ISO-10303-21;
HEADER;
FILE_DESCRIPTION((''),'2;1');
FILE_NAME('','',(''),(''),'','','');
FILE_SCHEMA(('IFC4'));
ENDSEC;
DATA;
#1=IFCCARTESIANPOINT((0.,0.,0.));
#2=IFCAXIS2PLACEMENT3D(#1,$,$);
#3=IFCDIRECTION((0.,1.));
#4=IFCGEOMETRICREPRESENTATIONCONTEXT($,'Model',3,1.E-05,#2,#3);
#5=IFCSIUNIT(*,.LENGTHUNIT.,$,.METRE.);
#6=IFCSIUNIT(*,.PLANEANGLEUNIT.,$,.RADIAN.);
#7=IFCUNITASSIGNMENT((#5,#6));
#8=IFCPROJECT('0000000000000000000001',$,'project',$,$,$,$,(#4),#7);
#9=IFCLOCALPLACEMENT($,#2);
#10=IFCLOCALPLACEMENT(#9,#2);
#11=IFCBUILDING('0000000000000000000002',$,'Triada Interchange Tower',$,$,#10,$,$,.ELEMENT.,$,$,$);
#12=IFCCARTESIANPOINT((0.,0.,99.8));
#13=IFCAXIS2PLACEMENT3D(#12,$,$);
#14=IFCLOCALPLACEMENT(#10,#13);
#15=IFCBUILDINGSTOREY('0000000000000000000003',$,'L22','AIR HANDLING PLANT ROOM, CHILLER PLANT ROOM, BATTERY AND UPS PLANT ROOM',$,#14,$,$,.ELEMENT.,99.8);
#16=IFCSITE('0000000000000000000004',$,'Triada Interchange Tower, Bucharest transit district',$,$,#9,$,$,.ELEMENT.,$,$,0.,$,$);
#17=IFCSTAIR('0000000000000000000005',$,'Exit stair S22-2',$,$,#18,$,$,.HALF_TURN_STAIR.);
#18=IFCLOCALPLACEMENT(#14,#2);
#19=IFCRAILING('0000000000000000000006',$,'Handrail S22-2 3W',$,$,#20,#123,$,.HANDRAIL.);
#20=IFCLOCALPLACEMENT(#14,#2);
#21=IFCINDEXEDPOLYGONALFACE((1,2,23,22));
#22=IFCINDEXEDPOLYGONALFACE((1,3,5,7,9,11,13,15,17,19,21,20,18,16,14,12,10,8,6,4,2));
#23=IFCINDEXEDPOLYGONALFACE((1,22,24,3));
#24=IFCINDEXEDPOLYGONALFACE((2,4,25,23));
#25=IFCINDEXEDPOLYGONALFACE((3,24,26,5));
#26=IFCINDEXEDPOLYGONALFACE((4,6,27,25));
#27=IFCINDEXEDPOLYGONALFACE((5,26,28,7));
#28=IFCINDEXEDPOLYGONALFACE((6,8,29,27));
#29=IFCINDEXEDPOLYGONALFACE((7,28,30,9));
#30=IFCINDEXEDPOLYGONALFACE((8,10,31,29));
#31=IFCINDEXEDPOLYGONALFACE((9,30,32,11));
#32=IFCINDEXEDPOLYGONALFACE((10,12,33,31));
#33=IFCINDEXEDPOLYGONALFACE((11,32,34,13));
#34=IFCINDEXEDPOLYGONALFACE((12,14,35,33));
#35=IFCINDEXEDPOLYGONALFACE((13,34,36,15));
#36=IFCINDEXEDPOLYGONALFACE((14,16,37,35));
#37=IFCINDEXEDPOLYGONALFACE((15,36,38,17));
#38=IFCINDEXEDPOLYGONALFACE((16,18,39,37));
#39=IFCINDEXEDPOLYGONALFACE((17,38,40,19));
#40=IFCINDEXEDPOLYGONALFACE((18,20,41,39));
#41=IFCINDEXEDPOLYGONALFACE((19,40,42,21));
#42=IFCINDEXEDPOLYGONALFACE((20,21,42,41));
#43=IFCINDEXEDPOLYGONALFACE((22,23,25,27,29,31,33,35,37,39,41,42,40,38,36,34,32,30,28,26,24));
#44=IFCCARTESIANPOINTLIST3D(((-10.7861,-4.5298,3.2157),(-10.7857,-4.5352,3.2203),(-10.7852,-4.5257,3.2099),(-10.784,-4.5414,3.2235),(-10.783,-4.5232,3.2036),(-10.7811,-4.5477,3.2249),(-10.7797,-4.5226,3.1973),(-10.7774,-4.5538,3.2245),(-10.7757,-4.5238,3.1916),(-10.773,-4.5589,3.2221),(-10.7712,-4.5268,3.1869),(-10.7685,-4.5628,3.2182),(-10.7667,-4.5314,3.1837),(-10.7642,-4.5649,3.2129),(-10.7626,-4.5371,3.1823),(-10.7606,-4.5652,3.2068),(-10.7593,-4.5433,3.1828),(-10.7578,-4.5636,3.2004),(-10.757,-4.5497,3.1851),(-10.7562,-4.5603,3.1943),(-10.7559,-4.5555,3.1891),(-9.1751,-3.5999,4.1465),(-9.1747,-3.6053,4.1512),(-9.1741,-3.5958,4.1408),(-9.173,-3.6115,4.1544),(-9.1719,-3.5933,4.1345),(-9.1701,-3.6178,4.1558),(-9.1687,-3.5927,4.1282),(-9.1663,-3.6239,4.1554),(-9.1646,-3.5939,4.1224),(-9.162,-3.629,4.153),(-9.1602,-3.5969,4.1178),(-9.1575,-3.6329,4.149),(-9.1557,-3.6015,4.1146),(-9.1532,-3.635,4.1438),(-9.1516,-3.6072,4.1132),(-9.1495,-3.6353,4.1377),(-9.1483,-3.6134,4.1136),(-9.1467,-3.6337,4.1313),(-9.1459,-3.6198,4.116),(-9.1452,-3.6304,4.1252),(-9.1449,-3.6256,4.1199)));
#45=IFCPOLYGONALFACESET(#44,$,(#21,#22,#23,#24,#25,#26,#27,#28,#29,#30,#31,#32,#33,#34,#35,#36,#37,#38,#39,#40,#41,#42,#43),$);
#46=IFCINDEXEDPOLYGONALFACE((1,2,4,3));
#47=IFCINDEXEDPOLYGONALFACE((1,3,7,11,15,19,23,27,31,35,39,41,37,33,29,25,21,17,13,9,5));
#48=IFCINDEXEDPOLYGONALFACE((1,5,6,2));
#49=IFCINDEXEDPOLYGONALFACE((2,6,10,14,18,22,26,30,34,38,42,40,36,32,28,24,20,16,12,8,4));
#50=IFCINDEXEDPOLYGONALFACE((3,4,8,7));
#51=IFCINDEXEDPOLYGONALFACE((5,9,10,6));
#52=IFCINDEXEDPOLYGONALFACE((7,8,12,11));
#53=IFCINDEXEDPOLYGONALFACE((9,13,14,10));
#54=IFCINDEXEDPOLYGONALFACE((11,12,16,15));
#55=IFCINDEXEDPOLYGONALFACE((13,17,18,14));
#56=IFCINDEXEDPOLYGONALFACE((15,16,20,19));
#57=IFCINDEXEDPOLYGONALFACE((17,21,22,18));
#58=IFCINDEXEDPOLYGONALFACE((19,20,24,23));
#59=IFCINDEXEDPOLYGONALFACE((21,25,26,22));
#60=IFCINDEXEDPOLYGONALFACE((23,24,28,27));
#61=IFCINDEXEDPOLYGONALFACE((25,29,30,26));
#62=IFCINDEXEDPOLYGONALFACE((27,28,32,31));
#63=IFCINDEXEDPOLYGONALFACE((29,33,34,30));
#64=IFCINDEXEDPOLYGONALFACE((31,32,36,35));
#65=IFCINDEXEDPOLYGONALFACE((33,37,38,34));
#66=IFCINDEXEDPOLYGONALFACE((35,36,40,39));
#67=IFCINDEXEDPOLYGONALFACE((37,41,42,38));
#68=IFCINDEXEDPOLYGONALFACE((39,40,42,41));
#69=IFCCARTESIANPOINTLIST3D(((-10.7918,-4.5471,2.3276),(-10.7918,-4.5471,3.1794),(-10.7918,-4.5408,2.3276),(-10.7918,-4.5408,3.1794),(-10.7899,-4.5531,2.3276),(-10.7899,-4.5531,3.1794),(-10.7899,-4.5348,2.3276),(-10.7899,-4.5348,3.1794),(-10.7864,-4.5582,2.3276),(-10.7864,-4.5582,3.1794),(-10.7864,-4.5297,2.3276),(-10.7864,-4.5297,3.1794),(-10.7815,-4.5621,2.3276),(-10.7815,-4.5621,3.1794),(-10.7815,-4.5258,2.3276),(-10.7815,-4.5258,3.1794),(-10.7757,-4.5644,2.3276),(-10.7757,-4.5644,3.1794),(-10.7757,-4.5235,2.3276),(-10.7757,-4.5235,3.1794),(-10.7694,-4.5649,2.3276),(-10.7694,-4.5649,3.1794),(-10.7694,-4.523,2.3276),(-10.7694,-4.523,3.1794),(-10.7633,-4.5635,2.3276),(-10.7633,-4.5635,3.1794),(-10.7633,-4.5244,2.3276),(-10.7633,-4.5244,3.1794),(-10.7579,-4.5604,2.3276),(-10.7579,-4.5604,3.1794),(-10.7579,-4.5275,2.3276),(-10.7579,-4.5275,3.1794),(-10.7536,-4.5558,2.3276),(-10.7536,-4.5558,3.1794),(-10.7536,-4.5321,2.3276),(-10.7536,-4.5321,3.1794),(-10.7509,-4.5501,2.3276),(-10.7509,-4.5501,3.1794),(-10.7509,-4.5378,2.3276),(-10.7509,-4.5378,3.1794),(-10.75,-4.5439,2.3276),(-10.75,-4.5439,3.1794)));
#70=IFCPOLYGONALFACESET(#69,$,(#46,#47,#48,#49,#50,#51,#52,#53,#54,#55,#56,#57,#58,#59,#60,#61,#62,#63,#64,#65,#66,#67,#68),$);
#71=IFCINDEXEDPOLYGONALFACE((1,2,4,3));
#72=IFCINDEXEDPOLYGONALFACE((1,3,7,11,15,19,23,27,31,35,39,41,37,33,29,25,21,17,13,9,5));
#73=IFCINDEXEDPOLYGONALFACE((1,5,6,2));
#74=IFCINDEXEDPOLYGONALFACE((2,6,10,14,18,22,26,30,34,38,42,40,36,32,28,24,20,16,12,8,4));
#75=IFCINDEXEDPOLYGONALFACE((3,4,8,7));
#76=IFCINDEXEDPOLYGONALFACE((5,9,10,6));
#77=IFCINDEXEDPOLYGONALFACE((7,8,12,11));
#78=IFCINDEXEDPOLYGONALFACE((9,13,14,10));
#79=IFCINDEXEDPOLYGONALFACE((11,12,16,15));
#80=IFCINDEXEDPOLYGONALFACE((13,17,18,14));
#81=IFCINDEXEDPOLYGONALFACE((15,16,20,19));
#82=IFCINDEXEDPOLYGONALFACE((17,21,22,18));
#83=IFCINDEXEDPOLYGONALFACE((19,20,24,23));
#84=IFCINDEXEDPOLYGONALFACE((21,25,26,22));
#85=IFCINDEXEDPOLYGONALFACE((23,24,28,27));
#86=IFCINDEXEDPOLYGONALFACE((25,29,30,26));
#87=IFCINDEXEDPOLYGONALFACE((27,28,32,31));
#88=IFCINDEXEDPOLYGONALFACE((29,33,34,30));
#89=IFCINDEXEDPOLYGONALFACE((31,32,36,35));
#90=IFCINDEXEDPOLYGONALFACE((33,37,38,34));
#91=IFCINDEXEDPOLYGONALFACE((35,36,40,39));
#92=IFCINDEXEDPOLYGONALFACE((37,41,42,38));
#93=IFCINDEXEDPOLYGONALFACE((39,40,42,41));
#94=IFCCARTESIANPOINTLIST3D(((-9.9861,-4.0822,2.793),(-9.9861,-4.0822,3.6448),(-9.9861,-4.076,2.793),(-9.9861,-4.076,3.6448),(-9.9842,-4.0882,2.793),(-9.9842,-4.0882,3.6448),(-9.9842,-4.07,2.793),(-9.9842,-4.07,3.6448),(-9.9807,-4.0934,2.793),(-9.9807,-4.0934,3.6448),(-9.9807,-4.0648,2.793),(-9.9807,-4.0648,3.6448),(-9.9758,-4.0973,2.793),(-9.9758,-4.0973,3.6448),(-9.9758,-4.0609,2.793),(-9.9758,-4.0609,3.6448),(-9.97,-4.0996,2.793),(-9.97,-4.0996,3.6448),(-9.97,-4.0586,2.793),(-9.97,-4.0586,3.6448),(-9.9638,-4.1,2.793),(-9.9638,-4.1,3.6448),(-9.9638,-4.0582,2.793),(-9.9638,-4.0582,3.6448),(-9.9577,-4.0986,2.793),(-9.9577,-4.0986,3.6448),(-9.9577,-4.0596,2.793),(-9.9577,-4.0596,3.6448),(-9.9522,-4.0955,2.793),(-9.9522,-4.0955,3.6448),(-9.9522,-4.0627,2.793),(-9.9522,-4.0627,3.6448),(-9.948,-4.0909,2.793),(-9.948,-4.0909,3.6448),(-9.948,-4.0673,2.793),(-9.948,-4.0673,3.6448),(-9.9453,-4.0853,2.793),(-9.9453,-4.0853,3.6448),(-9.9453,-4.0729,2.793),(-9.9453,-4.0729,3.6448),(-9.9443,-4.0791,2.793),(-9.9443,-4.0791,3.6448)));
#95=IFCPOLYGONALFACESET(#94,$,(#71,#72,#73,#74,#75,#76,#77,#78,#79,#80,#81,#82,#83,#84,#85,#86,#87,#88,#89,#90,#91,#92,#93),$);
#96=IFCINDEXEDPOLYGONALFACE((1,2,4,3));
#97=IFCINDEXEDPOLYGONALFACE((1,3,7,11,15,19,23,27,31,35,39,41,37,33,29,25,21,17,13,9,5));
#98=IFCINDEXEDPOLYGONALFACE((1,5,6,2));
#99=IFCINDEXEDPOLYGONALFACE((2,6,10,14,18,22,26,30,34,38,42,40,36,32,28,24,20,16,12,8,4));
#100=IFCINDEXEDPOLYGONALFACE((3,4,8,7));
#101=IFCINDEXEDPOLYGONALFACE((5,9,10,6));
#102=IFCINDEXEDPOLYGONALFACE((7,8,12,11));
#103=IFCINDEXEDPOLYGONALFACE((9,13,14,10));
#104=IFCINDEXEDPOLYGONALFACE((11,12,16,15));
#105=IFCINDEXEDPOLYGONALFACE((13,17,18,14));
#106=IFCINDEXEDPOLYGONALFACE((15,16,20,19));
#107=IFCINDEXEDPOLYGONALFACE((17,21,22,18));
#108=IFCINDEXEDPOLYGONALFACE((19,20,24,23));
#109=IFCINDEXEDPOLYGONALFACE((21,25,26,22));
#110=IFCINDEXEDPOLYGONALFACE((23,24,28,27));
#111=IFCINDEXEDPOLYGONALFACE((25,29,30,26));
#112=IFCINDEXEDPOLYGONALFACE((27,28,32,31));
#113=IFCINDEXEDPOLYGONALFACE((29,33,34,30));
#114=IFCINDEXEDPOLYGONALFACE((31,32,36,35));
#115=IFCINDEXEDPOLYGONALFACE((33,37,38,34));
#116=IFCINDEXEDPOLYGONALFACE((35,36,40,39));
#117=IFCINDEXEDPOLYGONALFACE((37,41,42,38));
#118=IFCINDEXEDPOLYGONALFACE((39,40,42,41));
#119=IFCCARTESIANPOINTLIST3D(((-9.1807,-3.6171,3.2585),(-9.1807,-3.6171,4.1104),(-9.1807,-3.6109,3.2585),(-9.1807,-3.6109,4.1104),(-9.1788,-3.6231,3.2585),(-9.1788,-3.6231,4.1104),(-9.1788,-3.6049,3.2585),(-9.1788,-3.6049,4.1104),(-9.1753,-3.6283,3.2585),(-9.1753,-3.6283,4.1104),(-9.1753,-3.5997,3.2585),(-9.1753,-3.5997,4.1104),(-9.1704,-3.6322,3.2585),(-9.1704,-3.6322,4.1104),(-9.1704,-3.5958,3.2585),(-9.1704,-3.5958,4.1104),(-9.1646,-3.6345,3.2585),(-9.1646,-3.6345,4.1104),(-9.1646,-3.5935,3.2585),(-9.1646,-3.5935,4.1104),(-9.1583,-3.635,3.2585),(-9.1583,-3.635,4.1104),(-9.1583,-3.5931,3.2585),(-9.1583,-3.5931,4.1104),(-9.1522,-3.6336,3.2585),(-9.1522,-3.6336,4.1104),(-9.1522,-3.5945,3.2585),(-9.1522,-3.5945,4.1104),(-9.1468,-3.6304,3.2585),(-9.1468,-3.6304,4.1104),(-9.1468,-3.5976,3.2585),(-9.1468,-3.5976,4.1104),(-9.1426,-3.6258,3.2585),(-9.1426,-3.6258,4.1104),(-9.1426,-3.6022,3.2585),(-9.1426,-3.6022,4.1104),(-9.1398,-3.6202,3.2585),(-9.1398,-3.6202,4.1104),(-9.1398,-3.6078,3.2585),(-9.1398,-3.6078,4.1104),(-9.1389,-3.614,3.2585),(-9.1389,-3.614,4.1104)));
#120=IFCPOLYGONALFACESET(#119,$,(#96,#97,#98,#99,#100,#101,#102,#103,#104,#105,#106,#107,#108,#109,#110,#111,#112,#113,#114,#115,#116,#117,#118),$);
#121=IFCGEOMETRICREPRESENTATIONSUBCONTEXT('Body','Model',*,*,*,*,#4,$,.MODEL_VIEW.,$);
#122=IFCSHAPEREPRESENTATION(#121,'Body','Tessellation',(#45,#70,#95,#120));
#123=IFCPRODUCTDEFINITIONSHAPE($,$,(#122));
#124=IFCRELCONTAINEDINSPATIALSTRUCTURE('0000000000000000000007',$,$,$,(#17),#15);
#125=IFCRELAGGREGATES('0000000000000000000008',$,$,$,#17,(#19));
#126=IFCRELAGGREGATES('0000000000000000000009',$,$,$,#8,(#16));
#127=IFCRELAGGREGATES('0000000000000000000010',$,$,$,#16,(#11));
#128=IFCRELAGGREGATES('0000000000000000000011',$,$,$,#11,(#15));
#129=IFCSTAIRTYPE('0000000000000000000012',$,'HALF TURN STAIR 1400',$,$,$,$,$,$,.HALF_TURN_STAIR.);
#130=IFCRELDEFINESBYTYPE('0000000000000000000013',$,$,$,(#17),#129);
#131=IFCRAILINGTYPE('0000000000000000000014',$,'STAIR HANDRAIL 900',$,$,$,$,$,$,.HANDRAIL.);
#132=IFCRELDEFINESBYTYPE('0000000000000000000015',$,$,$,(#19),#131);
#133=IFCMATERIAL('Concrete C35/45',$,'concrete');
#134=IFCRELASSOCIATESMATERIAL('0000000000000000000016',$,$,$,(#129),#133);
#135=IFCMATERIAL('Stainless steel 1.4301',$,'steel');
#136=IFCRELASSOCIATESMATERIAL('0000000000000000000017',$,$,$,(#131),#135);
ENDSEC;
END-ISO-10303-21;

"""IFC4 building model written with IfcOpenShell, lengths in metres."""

from ifc_helpers import new_model, si_unit, direction, frame, origin, origin_2d, place, context, subcontext, project, spatial, circle, extrude, material, type_object, element, aggregate, save


model = new_model("IFC4")

# Units and contexts
model_context = context("Model", 3, precision=1e-05, world=origin(), true_north=direction((0.0, 1.0)))
body_context = subcontext(model_context, "Body", "Model", "MODEL_VIEW")
ifc_project = project(units=[si_unit("LENGTHUNIT", "METRE"), si_unit("PLANEANGLEUNIT", "RADIAN")], contexts=[model_context])

# Site, building, storey
site_placement = place(None, origin())
site = spatial("IfcSite", under=ifc_project, at=site_placement, Name="Triada Interchange Tower, Bucharest transit district", CompositionType="ELEMENT", RefElevation=0.0)
building_placement = place(site_placement, origin())
building = spatial("IfcBuilding", under=site, at=building_placement, Name="Triada Interchange Tower", CompositionType="ELEMENT")
storey_placement = place(building_placement, frame((0.0, 0.0, 99.8)))
storey = spatial("IfcBuildingStorey", under=building, at=storey_placement, Name="L22", Description="AIR HANDLING PLANT ROOM, CHILLER PLANT ROOM, BATTERY AND UPS PLANT ROOM", CompositionType="ELEMENT", Elevation=99.8)

# Shared definitions
ifc_material_1 = material(Name="Concrete C35/45", Category="concrete")

# Stair, railing
stair_type = type_object("IfcStairType", Name="HALF TURN STAIR 1400", PredefinedType="HALF_TURN_STAIR", material=ifc_material_1)
stair_placement = place(storey_placement, origin())
stair = element("IfcStair", 1, at=stair_placement, inside=storey, type_object=stair_type, Name="Exit stair S22-2", PredefinedType="HALF_TURN_STAIR")
ifc_material_2 = material(Name="Stainless steel 1.4301", Category="steel")
railing_type_1 = type_object("IfcRailingType", Name="STAIR HANDRAIL 900", PredefinedType="HANDRAIL", material=ifc_material_2)
railing_1_placement = place(storey_placement, frame((-10.771, -4.5439, 2.3276)))
railing_1 = element("IfcRailing", 2, at=railing_1_placement, type_object=railing_type_1, Name="Handrail S22-2 3W", PredefinedType="HANDRAIL", context=body_context, shape_type="SweptSolid", body=[
    extrude(circle(Radius=0.0239, at=origin_2d()), frame((0.0, 0.0, 0.876), z_axis=(0.77451, 0.447054, 0.447523), x_axis=(-0.499908, 0.866079, 0.0)), (0.0, 0.0, 1.0), 2.0801),
    extrude(circle(Radius=0.021, at=origin_2d()), origin(), (0.0, 0.0, 1.0), 0.8518),
    extrude(circle(Radius=0.021, at=origin_2d()), frame((0.8057, 0.4648, 0.4653)), (0.0, 0.0, 1.0), 0.8518),
    extrude(circle(Radius=0.021, at=origin_2d()), frame((1.6111, 0.9299, 0.9309)), (0.0, 0.0, 1.0), 0.8518),
])
aggregate(stair, [railing_1])

save(model, "model.ifc")
